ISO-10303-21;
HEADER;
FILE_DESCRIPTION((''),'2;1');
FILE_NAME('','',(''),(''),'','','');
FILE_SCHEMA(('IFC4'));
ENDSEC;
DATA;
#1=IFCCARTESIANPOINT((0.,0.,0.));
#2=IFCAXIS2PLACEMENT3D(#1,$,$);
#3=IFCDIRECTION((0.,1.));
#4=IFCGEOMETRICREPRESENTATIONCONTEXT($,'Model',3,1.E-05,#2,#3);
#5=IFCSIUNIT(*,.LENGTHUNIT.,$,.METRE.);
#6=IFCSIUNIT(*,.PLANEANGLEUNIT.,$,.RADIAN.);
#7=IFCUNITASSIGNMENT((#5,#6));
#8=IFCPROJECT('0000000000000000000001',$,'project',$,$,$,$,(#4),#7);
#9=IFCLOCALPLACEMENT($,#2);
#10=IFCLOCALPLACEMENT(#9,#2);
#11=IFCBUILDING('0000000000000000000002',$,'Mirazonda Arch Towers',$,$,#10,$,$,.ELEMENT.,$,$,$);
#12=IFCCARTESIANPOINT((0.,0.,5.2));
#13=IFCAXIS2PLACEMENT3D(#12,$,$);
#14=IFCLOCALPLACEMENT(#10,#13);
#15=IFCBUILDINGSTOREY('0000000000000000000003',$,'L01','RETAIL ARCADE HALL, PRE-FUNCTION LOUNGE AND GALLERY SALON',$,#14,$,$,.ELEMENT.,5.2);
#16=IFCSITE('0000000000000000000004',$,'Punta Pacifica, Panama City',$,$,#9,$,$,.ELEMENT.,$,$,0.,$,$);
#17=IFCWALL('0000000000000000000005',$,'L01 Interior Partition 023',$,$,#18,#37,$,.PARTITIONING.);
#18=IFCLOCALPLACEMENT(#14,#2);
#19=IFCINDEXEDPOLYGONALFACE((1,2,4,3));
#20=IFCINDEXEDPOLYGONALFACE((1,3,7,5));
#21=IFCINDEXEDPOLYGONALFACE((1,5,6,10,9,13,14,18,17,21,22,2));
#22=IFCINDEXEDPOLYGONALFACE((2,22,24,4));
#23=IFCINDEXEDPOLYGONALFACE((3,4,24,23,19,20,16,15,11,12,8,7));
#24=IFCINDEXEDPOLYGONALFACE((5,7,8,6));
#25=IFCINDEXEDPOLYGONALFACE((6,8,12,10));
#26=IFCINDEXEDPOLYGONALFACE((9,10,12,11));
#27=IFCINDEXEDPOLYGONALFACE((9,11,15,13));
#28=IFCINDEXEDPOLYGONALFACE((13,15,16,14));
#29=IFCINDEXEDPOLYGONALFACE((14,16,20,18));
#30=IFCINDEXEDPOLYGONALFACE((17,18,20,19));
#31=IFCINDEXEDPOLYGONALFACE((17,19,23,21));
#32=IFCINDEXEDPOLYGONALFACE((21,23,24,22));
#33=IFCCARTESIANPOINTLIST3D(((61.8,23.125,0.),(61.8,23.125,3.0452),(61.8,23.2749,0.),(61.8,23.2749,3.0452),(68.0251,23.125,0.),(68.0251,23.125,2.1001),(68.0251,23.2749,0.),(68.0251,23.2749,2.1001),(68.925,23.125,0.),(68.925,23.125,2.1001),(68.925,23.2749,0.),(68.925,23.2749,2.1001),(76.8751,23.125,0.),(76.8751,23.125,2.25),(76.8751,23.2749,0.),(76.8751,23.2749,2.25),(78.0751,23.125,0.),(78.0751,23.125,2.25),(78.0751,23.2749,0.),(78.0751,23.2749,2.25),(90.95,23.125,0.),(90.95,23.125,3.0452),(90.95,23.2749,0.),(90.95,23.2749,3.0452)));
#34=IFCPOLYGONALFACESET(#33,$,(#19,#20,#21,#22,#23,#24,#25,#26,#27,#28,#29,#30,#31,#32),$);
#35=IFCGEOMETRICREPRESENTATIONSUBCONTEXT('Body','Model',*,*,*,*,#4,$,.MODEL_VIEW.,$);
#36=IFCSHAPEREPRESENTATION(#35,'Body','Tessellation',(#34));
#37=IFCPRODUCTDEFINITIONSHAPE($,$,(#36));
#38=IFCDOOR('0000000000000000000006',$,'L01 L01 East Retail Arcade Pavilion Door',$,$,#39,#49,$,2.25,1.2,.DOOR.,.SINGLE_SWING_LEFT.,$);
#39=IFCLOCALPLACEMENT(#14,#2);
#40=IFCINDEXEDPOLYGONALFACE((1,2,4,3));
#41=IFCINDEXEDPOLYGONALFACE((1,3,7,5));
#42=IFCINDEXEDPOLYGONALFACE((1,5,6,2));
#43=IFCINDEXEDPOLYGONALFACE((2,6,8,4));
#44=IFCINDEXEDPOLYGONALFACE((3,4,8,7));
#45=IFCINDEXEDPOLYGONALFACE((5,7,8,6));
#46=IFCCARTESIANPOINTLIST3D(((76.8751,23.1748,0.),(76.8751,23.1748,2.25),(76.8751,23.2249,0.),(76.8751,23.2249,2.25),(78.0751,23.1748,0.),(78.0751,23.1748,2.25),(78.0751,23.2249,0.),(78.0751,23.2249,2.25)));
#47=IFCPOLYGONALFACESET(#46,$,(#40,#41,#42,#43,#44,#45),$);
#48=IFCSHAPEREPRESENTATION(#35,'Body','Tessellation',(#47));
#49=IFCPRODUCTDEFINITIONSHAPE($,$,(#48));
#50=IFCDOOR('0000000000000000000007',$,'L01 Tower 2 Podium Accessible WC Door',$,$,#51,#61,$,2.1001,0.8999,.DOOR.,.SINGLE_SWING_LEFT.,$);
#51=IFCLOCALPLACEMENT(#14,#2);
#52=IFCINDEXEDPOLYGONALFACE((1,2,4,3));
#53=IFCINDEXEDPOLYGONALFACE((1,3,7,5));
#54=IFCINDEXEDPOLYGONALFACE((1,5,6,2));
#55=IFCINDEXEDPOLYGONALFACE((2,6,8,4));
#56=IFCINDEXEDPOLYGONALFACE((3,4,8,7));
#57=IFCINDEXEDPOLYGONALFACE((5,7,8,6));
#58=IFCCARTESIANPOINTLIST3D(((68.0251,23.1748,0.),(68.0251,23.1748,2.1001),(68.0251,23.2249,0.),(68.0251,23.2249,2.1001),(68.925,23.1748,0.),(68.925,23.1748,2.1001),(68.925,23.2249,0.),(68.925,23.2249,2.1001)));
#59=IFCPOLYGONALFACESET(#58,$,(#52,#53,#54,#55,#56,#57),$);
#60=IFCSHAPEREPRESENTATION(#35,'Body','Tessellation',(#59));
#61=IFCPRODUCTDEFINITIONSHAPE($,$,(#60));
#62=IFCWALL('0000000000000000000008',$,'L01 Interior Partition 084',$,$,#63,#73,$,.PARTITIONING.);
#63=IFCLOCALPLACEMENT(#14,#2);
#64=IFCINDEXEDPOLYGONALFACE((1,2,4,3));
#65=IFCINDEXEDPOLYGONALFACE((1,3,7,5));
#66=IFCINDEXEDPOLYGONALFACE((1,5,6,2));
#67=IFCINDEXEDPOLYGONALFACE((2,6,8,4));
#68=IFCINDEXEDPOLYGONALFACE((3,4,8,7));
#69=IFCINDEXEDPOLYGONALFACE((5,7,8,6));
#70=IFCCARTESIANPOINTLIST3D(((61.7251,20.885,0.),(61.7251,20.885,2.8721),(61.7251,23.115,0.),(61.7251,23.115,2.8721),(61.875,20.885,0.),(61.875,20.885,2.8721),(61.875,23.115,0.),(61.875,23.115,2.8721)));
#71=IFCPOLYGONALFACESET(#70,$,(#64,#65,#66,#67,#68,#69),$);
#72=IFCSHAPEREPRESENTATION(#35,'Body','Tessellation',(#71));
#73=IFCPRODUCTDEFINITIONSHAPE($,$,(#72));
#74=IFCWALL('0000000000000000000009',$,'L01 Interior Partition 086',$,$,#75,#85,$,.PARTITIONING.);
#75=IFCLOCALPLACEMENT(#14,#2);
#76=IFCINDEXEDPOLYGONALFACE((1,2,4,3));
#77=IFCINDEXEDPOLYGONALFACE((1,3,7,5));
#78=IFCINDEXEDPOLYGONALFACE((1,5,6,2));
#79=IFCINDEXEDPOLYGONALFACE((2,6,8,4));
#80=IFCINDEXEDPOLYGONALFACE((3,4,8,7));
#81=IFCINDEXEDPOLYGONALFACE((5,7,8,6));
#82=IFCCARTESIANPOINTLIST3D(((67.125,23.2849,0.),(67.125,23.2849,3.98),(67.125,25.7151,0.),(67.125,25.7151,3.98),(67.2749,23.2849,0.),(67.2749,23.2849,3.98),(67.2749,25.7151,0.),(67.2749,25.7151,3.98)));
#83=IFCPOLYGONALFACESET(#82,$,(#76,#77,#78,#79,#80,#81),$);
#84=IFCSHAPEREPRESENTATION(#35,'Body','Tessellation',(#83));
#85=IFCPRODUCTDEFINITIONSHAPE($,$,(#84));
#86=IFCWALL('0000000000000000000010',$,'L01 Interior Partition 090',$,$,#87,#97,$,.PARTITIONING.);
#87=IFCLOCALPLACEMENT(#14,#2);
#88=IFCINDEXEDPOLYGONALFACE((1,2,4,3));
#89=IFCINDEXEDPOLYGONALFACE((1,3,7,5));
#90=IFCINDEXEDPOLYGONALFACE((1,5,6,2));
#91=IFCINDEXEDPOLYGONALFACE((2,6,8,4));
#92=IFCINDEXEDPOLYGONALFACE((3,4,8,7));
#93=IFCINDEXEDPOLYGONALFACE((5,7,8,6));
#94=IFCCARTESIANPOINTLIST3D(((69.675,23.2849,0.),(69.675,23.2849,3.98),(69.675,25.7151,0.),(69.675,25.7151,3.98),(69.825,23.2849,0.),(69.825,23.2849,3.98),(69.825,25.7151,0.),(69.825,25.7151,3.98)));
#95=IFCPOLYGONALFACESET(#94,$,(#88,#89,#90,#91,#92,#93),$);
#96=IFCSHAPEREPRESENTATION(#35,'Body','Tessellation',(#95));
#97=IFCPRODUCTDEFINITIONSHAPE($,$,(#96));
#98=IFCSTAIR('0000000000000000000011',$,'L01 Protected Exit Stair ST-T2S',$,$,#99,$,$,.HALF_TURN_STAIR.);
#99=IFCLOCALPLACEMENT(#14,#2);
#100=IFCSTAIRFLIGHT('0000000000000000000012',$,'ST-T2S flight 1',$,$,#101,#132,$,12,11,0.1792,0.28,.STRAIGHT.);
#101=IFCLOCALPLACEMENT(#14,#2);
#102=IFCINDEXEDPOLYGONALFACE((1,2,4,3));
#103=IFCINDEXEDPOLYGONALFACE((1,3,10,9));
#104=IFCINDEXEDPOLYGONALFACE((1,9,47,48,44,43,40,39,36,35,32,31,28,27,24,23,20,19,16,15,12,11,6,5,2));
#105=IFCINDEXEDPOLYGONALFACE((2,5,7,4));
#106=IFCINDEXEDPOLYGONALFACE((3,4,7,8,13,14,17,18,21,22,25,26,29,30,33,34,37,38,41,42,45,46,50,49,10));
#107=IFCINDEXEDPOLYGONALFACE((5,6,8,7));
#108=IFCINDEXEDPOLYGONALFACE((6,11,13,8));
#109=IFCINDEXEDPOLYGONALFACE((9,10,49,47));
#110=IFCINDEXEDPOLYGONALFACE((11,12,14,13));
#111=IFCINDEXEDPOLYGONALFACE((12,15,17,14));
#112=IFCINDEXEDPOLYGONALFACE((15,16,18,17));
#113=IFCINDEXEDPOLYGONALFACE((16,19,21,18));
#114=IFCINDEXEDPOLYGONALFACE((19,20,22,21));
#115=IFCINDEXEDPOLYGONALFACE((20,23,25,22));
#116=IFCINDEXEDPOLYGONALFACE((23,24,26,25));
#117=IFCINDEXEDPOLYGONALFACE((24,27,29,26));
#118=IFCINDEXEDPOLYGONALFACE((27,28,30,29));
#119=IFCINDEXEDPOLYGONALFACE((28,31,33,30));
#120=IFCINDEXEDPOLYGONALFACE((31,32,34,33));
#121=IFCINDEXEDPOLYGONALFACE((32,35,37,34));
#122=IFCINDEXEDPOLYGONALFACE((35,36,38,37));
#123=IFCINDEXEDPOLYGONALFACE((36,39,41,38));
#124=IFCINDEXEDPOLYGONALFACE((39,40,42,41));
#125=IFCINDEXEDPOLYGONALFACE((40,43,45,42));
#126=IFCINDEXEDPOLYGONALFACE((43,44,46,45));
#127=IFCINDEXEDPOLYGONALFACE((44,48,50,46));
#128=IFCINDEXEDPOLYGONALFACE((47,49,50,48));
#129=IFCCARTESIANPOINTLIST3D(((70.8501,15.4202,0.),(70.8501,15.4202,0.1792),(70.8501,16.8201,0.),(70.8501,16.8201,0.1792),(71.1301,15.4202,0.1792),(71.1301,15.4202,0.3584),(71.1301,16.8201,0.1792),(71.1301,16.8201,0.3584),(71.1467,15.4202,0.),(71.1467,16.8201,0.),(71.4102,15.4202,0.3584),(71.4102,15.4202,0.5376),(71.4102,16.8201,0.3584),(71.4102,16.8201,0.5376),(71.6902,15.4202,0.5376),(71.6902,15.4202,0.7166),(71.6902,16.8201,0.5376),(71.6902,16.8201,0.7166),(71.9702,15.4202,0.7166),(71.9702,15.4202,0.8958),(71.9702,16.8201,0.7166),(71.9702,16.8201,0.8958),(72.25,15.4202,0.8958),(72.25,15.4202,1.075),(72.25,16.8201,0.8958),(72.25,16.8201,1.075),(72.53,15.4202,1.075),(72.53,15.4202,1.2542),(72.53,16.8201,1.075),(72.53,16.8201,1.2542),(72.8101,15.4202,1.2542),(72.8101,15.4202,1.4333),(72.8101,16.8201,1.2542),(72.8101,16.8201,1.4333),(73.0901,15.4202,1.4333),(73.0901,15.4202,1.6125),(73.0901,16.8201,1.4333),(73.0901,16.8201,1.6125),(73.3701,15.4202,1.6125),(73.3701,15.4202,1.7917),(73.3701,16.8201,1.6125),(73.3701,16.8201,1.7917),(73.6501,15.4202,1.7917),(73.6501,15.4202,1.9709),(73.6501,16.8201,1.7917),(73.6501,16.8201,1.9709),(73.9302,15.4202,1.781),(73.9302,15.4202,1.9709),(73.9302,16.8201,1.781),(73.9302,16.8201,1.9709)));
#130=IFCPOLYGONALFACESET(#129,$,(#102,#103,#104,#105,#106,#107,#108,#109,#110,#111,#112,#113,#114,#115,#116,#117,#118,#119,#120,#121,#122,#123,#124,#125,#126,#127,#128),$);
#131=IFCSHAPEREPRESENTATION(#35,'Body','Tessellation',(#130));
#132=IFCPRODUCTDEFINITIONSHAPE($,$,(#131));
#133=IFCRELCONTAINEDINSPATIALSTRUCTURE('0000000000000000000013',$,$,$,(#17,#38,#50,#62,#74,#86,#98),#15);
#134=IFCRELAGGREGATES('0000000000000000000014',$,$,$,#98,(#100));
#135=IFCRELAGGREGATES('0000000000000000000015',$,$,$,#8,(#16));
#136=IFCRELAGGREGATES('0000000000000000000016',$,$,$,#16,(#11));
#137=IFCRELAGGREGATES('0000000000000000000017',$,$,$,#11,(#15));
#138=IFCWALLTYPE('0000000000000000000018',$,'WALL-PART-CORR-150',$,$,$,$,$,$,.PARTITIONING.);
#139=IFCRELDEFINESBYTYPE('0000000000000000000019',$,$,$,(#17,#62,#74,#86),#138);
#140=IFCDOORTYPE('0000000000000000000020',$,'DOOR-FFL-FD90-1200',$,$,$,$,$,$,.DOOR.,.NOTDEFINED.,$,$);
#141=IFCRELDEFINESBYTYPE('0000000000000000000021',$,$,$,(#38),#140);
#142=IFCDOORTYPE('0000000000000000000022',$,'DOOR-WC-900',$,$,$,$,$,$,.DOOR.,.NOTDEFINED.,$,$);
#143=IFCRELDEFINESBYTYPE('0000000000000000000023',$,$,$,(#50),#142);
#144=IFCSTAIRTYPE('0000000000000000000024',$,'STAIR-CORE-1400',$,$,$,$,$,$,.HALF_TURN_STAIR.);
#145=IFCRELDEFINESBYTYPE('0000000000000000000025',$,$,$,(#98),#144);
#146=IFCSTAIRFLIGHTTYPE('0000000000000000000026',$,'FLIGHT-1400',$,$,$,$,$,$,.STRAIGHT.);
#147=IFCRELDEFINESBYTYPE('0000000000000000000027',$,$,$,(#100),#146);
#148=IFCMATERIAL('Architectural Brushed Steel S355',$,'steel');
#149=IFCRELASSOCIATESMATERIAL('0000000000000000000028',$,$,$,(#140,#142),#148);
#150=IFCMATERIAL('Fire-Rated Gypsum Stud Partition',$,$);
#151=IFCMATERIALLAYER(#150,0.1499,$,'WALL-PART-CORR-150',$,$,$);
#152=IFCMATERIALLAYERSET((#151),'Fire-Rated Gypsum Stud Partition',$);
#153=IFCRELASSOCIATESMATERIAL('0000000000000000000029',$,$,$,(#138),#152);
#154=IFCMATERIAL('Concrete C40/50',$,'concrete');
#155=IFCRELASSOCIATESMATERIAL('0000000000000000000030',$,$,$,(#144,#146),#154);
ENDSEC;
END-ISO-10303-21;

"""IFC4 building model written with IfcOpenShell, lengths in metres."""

from ifc_helpers import new_model, si_unit, direction, frame, frame_2d, origin, place, context, subcontext, project, spatial, polyline, rectangle, outline, extrude, material, layer, layer_set, type_object, element, fill, aggregate, save


model = new_model("IFC4")

# Units and contexts
model_context = context("Model", 3, precision=1e-05, world=origin(), true_north=direction((0.0, 1.0)))
body_context = subcontext(model_context, "Body", "Model", "MODEL_VIEW")
ifc_project = project(units=[si_unit("LENGTHUNIT", "METRE"), si_unit("PLANEANGLEUNIT", "RADIAN")], contexts=[model_context])

# Site, building, storey
site_placement = place(None, origin())
site = spatial("IfcSite", under=ifc_project, at=site_placement, Name="Punta Pacifica, Panama City", CompositionType="ELEMENT", RefElevation=0.0)
building_placement = place(site_placement, origin())
building = spatial("IfcBuilding", under=site, at=building_placement, Name="Mirazonda Arch Towers", CompositionType="ELEMENT")
storey_placement = place(building_placement, frame((0.0, 0.0, 5.2)))
storey = spatial("IfcBuildingStorey", under=building, at=storey_placement, Name="L01", Description="RETAIL ARCADE HALL, PRE-FUNCTION LOUNGE AND GALLERY SALON", CompositionType="ELEMENT", Elevation=5.2)

# Shared definitions
ifc_material_1 = material(Name="Architectural Brushed Steel S355", Category="steel")

# Shared definitions
door_type_1 = type_object("IfcDoorType", Name="DOOR-FFL-FD90-1200", OperationType="NOTDEFINED", PredefinedType="DOOR", material=ifc_material_1)

# Shared definitions
ifc_material_2 = material(Name="Fire-Rated Gypsum Stud Partition")
ifc_layer_1 = layer(ifc_material_2, 0.1499, Name="WALL-PART-CORR-150")
ifc_layer_set_1 = layer_set([ifc_layer_1], Name="Fire-Rated Gypsum Stud Partition")
wall_type_1 = type_object("IfcWallType", Name="WALL-PART-CORR-150", PredefinedType="PARTITIONING", material=ifc_layer_set_1)

# Wall, openings, doors
wall_1_placement = place(storey_placement, frame((61.8, 23.2, 0.0), z_axis=(0.0, 0.0, 1.0), x_axis=(1.0, 0.0, 0.0)))
wall_1 = element("IfcWall", 1, at=wall_1_placement, inside=storey, type_object=wall_type_1, Name="L01 Interior Partition 023", PredefinedType="PARTITIONING", context=body_context, shape_type="SweptSolid", body=[
    extrude(rectangle(XDim=29.1499, YDim=0.1499, at=frame_2d((14.575, 0.0))), origin(), (0.0, 0.0, 1.0), 3.0452),
])
opening_1_placement = place(wall_1_placement, frame((6.2251, 0.0, 0.0)))
opening_1 = element("IfcOpeningElement", 2, at=opening_1_placement, cuts=wall_1, PredefinedType="OPENING", context=body_context, shape_type="SweptSolid", body=[
    extrude(rectangle(XDim=0.8999, YDim=2.1001, at=frame_2d((0.45, 1.05))), frame((0.0, 0.085, 0.0), z_axis=(0.0, -1.0, 0.0), x_axis=(1.0, 0.0, 0.0)), (0.0, 0.0, 1.0), 0.1699),
])
opening_2_placement = place(wall_1_placement, frame((15.075, 0.0, 0.0)))
opening_2 = element("IfcOpeningElement", 3, at=opening_2_placement, cuts=wall_1, PredefinedType="OPENING", context=body_context, shape_type="SweptSolid", body=[
    extrude(rectangle(XDim=1.2, YDim=2.25, at=frame_2d((0.6001, 1.125))), frame((0.0, 0.085, 0.0), z_axis=(0.0, -1.0, 0.0), x_axis=(1.0, 0.0, 0.0)), (0.0, 0.0, 1.0), 0.1699),
])
door_1_placement = place(opening_2_placement, origin())
door_1 = element("IfcDoor", 4, at=door_1_placement, inside=storey, type_object=door_type_1, Name="L01 L01 East Retail Arcade Pavilion Door", OperationType="SINGLE_SWING_LEFT", OverallHeight=2.25, OverallWidth=1.2, PredefinedType="DOOR", context=body_context, shape_type="SweptSolid", body=[
    extrude(rectangle(XDim=1.2, YDim=2.25, at=frame_2d((0.6001, 1.125))), frame((0.0, 0.0249, 0.0), z_axis=(0.0, -1.0, 0.0), x_axis=(1.0, 0.0, 0.0)), (0.0, 0.0, 1.0), 0.05),
])
fill(opening_2, door_1)
door_type_2 = type_object("IfcDoorType", Name="DOOR-WC-900", OperationType="NOTDEFINED", PredefinedType="DOOR", material=ifc_material_1)
door_2_placement = place(opening_1_placement, origin())
door_2 = element("IfcDoor", 5, at=door_2_placement, inside=storey, type_object=door_type_2, Name="L01 Tower 2 Podium Accessible WC Door", OperationType="SINGLE_SWING_LEFT", OverallHeight=2.1001, OverallWidth=0.8999, PredefinedType="DOOR", context=body_context, shape_type="SweptSolid", body=[
    extrude(rectangle(XDim=0.8999, YDim=2.1001, at=frame_2d((0.45, 1.05))), frame((0.0, 0.0249, 0.0), z_axis=(0.0, -1.0, 0.0), x_axis=(1.0, 0.0, 0.0)), (0.0, 0.0, 1.0), 0.05),
])
fill(opening_1, door_2)

# Walls
wall_2_placement = place(storey_placement, frame((61.8, 20.885, 0.0), z_axis=(0.0, 0.0, 1.0), x_axis=(0.0, 1.0, 0.0)))
element("IfcWall", 6, at=wall_2_placement, inside=storey, type_object=wall_type_1, Name="L01 Interior Partition 084", PredefinedType="PARTITIONING", context=body_context, shape_type="SweptSolid", body=[
    extrude(rectangle(XDim=2.23, YDim=0.1499, at=frame_2d((1.115, 0.0))), origin(), (0.0, 0.0, 1.0), 2.8721),
])
for number, where, z_axis, x_axis, name in (
    (7, (67.2, 23.2849, 0.0), (0.0, 0.0, 1.0), (0.0, 1.0, 0.0), "L01 Interior Partition 086"),
    (8, (69.75, 23.2849, 0.0), (0.0, 0.0, 1.0), (0.0, 1.0, 0.0), "L01 Interior Partition 090"),
):
    element("IfcWall", number, at=place(storey_placement, frame(where, z_axis=z_axis, x_axis=x_axis)), inside=storey, type_object=wall_type_1, Name=name, PredefinedType="PARTITIONING", context=body_context, shape_type="SweptSolid", body=[
        extrude(rectangle(XDim=2.4302, YDim=0.1499, at=frame_2d((1.2151, 0.0))), origin(), (0.0, 0.0, 1.0), 3.98),
    ])

# Stair, stair flight
ifc_material_3 = material(Name="Concrete C40/50", Category="concrete")
stair_type = type_object("IfcStairType", Name="STAIR-CORE-1400", PredefinedType="HALF_TURN_STAIR", material=ifc_material_3)
stair_placement = place(storey_placement, origin())
stair = element("IfcStair", 9, at=stair_placement, inside=storey, type_object=stair_type, Name="L01 Protected Exit Stair ST-T2S", PredefinedType="HALF_TURN_STAIR")
stair_flight_type = type_object("IfcStairFlightType", Name="FLIGHT-1400", PredefinedType="STRAIGHT", material=ifc_material_3)
stair_flight_placement = place(storey_placement, frame((70.8501, 16.1201, 0.0), z_axis=(0.0, 0.0, 1.0), x_axis=(1.0, 0.0, 0.0)))
stair_flight = element("IfcStairFlight", 10, at=stair_flight_placement, type_object=stair_flight_type, Name="ST-T2S flight 1", NumberOfRisers=12, NumberOfTreads=11, PredefinedType="STRAIGHT", RiserHeight=0.1792, TreadLength=0.28, context=body_context, shape_type="SweptSolid", body=[
    extrude(outline(polyline([(0.0, 0.0), (0.0, 0.1792), (0.28, 0.1792), (0.28, 0.3584), (0.5601, 0.3584), (0.5601, 0.5376), (0.8401, 0.5376), (0.8401, 0.7166), (1.1201, 0.7166), (1.1201, 0.8958), (1.3999, 0.8958), (1.3999, 1.075), (1.6799, 1.075), (1.6799, 1.2542), (1.96, 1.2542), (1.96, 1.4333), (2.24, 1.4333), (2.24, 1.6125), (2.52, 1.6125), (2.52, 1.7917), (2.8, 1.7917), (2.8, 1.9709), (3.0801, 1.9709), (3.0801, 2.1499), (3.0801, 1.781), (0.2966, 0.0), (0.0, 0.0)])), frame((0.0, 0.7, 0.0), z_axis=(0.0, -1.0, 0.0), x_axis=(1.0, 0.0, 0.0)), (0.0, 0.0, 1.0), 1.3999),
])
aggregate(stair, [stair_flight])

save(model, "model.ifc")
